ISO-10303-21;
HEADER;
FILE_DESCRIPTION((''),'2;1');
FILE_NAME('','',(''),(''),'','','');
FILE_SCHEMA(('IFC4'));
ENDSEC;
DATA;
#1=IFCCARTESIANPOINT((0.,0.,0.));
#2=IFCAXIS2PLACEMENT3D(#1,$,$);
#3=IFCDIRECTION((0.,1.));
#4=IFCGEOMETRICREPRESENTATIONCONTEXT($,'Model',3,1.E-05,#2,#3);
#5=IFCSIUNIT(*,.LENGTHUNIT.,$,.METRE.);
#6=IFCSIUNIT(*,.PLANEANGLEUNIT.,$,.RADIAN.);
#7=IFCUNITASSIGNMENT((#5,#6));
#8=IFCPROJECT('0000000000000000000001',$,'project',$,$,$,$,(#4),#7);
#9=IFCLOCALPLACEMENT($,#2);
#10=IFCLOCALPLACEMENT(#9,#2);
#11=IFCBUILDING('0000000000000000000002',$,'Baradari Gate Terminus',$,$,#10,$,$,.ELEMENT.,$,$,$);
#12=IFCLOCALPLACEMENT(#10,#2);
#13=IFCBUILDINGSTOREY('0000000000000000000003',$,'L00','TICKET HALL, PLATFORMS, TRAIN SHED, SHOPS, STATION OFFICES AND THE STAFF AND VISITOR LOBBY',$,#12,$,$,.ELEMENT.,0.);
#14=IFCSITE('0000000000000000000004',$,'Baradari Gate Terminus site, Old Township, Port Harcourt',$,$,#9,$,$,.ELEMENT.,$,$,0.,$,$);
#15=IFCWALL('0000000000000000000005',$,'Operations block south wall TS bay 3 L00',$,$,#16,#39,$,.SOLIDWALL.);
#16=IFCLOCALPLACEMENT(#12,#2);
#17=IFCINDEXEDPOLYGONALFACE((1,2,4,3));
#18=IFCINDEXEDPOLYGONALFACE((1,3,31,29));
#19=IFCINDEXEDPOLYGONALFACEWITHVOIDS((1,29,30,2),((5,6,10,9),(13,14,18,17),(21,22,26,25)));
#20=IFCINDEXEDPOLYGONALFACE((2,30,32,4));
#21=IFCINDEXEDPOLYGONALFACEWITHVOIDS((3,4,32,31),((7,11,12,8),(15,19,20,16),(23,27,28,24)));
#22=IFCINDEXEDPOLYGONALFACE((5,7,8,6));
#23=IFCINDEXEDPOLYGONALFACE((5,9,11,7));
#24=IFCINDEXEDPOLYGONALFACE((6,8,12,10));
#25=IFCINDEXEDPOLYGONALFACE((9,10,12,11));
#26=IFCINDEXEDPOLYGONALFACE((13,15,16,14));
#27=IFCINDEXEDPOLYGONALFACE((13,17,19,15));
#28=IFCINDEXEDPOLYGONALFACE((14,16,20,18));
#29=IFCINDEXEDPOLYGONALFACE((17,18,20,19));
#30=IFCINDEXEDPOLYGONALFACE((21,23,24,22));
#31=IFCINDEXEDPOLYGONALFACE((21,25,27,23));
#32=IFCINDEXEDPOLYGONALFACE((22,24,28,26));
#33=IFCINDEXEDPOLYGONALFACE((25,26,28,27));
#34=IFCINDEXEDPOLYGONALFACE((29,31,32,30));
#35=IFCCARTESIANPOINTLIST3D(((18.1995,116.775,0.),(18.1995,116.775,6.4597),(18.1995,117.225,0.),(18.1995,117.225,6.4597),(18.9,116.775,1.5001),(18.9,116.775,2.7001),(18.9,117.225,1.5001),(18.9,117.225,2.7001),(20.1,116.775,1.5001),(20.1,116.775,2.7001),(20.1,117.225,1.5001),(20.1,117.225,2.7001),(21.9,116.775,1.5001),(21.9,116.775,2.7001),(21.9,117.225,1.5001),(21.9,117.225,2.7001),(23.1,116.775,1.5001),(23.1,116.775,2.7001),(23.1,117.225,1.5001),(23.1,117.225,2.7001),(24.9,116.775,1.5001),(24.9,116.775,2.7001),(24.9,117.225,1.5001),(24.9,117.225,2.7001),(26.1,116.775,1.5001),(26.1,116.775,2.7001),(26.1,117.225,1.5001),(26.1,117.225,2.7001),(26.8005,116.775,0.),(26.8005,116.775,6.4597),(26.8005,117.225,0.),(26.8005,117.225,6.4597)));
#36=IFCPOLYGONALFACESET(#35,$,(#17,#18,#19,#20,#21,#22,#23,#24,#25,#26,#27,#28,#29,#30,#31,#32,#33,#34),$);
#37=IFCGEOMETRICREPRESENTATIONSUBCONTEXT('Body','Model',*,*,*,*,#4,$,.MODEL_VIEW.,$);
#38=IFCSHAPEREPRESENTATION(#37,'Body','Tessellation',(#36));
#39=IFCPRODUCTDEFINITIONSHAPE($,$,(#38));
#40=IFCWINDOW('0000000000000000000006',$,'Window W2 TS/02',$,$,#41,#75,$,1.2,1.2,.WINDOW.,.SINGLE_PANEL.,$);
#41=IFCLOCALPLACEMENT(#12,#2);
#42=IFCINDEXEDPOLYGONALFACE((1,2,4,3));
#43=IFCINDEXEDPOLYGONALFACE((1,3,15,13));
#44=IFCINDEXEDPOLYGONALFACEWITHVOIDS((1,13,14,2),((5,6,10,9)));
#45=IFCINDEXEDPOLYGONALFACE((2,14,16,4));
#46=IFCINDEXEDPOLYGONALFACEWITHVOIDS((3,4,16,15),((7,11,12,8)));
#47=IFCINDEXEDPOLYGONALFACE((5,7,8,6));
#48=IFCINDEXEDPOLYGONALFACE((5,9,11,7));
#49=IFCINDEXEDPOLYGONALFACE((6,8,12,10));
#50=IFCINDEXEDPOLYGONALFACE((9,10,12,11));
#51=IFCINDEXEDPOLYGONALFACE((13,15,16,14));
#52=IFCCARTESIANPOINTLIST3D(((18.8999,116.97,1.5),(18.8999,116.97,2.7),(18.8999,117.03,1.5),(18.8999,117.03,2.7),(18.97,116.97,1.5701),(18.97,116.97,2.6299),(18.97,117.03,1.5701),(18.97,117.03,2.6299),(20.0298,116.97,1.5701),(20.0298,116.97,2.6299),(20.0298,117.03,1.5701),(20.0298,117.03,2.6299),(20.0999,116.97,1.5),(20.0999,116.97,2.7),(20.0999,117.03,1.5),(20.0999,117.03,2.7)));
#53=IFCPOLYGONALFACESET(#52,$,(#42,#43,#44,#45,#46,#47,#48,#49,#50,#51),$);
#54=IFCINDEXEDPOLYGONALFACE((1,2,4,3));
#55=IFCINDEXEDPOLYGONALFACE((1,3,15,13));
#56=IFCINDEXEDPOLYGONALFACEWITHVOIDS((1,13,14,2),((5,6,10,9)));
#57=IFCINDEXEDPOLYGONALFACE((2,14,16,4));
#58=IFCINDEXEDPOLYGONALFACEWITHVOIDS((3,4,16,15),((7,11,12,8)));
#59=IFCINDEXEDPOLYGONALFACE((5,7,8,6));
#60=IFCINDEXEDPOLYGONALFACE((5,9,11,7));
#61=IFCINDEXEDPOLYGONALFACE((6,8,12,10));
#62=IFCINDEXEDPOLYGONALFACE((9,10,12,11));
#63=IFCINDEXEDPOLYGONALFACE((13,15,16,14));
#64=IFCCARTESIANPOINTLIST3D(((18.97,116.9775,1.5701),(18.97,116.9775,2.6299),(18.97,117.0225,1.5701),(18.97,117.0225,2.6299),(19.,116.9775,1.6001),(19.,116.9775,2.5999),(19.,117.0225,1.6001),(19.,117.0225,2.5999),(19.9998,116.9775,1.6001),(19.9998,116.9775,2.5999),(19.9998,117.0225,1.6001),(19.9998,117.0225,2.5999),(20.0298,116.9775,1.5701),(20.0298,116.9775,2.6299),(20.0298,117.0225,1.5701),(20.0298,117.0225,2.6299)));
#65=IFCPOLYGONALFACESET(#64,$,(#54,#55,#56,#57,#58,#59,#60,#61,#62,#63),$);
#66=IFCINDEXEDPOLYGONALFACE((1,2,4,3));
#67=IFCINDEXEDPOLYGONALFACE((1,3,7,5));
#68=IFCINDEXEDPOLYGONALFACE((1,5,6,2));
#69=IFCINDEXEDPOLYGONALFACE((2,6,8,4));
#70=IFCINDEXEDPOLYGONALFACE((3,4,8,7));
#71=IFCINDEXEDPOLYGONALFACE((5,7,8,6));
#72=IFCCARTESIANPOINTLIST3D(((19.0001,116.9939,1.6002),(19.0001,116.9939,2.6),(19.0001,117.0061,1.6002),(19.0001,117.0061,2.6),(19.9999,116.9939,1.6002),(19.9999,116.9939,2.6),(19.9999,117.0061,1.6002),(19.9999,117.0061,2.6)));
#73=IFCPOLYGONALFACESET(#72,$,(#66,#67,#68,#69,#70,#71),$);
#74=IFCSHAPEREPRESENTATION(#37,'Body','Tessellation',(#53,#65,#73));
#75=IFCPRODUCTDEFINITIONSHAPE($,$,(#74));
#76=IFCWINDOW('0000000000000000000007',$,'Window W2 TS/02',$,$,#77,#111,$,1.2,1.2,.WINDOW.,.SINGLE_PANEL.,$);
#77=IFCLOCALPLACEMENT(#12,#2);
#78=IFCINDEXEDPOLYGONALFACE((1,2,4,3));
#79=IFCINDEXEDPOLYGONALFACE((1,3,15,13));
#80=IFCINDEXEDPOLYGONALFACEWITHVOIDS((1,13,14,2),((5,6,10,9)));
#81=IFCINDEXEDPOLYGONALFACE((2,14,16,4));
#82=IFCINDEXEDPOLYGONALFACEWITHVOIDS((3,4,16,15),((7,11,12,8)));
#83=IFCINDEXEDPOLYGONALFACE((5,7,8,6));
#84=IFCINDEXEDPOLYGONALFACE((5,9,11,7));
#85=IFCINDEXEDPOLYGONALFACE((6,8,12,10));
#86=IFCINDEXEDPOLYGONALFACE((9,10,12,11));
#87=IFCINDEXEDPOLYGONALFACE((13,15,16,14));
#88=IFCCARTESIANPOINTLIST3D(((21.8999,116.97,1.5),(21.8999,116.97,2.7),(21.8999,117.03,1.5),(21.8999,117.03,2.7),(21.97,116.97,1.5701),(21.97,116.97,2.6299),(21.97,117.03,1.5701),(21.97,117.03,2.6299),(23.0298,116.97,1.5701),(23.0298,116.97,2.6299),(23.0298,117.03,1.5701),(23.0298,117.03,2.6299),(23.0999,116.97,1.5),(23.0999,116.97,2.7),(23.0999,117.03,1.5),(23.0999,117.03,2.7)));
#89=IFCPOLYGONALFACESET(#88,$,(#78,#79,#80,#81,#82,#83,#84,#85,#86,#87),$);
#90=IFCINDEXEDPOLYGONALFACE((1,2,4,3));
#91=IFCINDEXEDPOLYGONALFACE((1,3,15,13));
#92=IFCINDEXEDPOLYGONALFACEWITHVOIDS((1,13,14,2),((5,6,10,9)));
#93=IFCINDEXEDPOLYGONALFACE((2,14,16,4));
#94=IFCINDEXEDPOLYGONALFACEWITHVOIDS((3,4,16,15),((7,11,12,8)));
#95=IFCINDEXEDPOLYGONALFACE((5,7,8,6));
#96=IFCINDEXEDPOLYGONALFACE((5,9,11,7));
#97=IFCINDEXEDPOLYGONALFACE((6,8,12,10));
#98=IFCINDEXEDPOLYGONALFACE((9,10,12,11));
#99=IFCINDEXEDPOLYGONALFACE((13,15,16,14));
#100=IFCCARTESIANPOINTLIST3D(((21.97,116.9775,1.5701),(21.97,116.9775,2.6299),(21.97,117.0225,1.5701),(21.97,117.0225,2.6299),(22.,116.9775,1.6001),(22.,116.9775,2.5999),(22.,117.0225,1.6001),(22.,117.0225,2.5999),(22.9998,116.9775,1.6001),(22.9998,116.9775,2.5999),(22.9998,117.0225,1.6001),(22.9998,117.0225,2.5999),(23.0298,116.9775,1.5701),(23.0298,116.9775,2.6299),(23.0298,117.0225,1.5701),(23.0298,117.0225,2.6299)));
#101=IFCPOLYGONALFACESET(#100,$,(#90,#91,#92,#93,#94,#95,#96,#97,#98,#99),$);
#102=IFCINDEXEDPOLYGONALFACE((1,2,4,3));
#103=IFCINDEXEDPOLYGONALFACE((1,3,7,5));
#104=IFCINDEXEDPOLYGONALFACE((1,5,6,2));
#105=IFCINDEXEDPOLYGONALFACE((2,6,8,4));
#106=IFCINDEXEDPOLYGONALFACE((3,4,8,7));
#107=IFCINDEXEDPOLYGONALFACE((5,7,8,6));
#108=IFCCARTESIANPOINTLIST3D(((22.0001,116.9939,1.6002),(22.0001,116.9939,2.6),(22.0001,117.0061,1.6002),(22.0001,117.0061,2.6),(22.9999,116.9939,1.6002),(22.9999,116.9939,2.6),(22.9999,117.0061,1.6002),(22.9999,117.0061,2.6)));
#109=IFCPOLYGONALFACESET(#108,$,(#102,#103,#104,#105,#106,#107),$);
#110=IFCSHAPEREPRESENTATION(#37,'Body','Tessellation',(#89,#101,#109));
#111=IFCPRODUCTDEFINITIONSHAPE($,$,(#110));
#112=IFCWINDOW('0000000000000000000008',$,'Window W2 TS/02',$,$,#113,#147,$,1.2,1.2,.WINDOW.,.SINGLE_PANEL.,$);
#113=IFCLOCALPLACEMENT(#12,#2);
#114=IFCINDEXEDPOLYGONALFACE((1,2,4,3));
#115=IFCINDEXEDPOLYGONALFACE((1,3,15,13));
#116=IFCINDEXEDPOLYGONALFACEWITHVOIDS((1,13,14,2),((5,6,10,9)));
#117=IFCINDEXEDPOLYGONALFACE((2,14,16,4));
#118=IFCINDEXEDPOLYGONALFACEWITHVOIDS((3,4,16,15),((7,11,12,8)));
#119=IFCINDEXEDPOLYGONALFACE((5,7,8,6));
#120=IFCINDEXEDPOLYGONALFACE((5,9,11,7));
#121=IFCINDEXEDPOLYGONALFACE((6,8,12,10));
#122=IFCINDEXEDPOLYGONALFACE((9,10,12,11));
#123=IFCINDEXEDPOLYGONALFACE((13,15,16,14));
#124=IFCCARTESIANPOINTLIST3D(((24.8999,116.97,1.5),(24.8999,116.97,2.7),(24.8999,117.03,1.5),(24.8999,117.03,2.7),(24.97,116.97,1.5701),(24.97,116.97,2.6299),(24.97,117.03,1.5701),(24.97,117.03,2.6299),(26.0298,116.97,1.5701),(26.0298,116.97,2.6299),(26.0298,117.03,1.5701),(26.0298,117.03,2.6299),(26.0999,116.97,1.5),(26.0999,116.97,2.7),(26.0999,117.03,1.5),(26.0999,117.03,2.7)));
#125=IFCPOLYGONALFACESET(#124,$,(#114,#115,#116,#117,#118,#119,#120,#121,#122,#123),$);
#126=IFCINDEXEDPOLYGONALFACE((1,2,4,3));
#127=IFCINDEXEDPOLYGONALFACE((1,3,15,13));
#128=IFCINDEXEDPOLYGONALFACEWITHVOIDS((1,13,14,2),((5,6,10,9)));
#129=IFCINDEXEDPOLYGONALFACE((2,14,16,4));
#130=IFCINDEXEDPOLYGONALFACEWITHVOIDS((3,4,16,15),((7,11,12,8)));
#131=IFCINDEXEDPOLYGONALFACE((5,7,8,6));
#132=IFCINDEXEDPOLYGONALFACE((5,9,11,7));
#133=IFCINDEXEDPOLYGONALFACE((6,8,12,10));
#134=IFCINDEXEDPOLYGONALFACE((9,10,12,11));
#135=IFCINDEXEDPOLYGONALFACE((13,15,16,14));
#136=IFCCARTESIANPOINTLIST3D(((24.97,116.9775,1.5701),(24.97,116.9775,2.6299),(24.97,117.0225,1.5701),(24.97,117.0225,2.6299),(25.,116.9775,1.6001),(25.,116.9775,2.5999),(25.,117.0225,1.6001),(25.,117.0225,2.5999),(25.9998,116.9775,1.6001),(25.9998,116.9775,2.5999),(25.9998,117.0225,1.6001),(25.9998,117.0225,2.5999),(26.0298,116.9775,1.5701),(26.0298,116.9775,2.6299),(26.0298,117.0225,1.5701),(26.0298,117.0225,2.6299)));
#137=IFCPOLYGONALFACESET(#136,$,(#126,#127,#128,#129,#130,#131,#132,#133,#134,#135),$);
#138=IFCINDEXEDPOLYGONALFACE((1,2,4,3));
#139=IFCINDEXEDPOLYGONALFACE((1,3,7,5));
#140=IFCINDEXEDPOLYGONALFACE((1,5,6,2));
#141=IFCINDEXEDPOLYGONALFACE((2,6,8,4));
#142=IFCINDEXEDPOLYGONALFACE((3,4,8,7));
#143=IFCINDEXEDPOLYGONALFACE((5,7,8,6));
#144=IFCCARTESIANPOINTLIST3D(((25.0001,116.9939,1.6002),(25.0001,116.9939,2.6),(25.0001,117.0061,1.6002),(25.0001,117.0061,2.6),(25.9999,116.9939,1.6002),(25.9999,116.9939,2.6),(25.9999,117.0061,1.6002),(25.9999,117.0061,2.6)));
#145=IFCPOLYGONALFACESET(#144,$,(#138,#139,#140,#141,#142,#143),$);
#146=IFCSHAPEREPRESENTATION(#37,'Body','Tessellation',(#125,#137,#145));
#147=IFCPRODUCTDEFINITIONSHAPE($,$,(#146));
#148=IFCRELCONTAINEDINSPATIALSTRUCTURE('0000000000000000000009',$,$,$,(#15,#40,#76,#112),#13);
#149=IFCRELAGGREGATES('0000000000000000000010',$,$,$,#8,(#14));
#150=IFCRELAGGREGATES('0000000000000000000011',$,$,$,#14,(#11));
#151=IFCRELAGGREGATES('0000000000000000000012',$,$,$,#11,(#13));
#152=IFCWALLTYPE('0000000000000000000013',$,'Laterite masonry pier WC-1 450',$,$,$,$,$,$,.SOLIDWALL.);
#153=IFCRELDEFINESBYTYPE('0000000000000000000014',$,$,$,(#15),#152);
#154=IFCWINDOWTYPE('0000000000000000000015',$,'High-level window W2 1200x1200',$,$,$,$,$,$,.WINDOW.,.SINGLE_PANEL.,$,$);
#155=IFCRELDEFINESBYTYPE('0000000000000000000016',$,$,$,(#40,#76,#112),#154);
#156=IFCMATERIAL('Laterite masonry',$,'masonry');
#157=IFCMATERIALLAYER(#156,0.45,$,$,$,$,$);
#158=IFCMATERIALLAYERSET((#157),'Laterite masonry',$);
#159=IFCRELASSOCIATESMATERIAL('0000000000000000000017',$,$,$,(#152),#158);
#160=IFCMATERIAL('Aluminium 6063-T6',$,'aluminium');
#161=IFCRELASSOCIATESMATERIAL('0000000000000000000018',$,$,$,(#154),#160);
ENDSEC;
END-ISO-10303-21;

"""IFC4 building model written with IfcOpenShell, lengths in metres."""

from ifc_helpers import new_model, si_unit, direction, frame, frame_2d, origin, place, context, subcontext, project, spatial, polyline, rectangle, outline, extrude, material, layer, layer_set, type_object, element, fill, save


model = new_model("IFC4")

# Units and contexts
model_context = context("Model", 3, precision=1e-05, world=origin(), true_north=direction((0.0, 1.0)))
body_context = subcontext(model_context, "Body", "Model", "MODEL_VIEW")
ifc_project = project(units=[si_unit("LENGTHUNIT", "METRE"), si_unit("PLANEANGLEUNIT", "RADIAN")], contexts=[model_context])

# Site, building, storey
site_placement = place(None, origin())
site = spatial("IfcSite", under=ifc_project, at=site_placement, Name="Baradari Gate Terminus site, Old Township, Port Harcourt", CompositionType="ELEMENT", RefElevation=0.0)
building_placement = place(site_placement, origin())
building = spatial("IfcBuilding", under=site, at=building_placement, Name="Baradari Gate Terminus", CompositionType="ELEMENT")
storey_placement = place(building_placement, origin())
storey = spatial("IfcBuildingStorey", under=building, at=storey_placement, Name="L00", Description="TICKET HALL, PLATFORMS, TRAIN SHED, SHOPS, STATION OFFICES AND THE STAFF AND VISITOR LOBBY", CompositionType="ELEMENT", Elevation=0.0)

# Wall, openings, windows
ifc_material_1 = material(Name="Laterite masonry", Category="masonry")
ifc_layer_1 = layer(ifc_material_1, 0.45)
ifc_layer_set_1 = layer_set([ifc_layer_1], Name="Laterite masonry")
wall_type_1 = type_object("IfcWallType", Name="Laterite masonry pier WC-1 450", PredefinedType="SOLIDWALL", material=ifc_layer_set_1)
wall_1_placement = place(storey_placement, frame((18.1995, 117.0, 0.0), z_axis=(0.0, 0.0, 1.0), x_axis=(1.0, 0.0, 0.0)))
wall_1 = element("IfcWall", 1, at=wall_1_placement, inside=storey, type_object=wall_type_1, Name="Operations block south wall TS bay 3 L00", PredefinedType="SOLIDWALL", context=body_context, shape_type="SweptSolid", body=[
    extrude(rectangle(XDim=8.6011, YDim=0.45, at=frame_2d((4.3005, 0.0))), origin(), (0.0, 0.0, 1.0), 6.4597),
])
opening_1_placement = place(wall_1_placement, frame((0.7004, 0.0, 1.5)))
opening_1 = element("IfcOpeningElement", 2, at=opening_1_placement, cuts=wall_1, PredefinedType="OPENING", context=body_context, shape_type="SweptSolid", body=[
    extrude(rectangle(XDim=1.2, YDim=1.2, at=frame_2d((0.6001, 0.6001))), frame((0.0, 0.2349, 0.0), z_axis=(0.0, -1.0, 0.0), x_axis=(1.0, 0.0, 0.0)), (0.0, 0.0, 1.0), 0.47),
])
opening_2_placement = place(wall_1_placement, frame((3.7004, 0.0, 1.5)))
opening_2 = element("IfcOpeningElement", 3, at=opening_2_placement, cuts=wall_1, PredefinedType="OPENING", context=body_context, shape_type="SweptSolid", body=[
    extrude(rectangle(XDim=1.2, YDim=1.2, at=frame_2d((0.6001, 0.6001))), frame((0.0, 0.2349, 0.0), z_axis=(0.0, -1.0, 0.0), x_axis=(1.0, 0.0, 0.0)), (0.0, 0.0, 1.0), 0.47),
])
opening_3_placement = place(wall_1_placement, frame((6.7004, 0.0, 1.5)))
opening_3 = element("IfcOpeningElement", 4, at=opening_3_placement, cuts=wall_1, PredefinedType="OPENING", context=body_context, shape_type="SweptSolid", body=[
    extrude(rectangle(XDim=1.2, YDim=1.2, at=frame_2d((0.6001, 0.6001))), frame((0.0, 0.2349, 0.0), z_axis=(0.0, -1.0, 0.0), x_axis=(1.0, 0.0, 0.0)), (0.0, 0.0, 1.0), 0.47),
])
ifc_material_2 = material(Name="Aluminium 6063-T6", Category="aluminium")
window_type = type_object("IfcWindowType", Name="High-level window W2 1200x1200", PartitioningType="SINGLE_PANEL", PredefinedType="WINDOW", material=ifc_material_2)
window_1_placement = place(opening_1_placement, origin())
window_1 = element("IfcWindow", 5, at=window_1_placement, inside=storey, type_object=window_type, Name="Window W2 TS/02", OverallHeight=1.2, OverallWidth=1.2, PartitioningType="SINGLE_PANEL", PredefinedType="WINDOW", context=body_context, shape_type="SweptSolid", body=[
    extrude(outline(polyline([(0.0, 0.0), (1.2, 0.0), (1.2, 1.2), (0.0, 1.2), (0.0, 0.0)]), holes=[polyline([(0.0701, 0.0701), (1.1299, 0.0701), (1.1299, 1.1299), (0.0701, 1.1299), (0.0701, 0.0701)])]), frame((0.0, 0.03, 0.0), z_axis=(0.0, -1.0, 0.0), x_axis=(1.0, 0.0, 0.0)), (0.0, 0.0, 1.0), 0.0601),
    extrude(outline(polyline([(0.0701, 0.0701), (1.1299, 0.0701), (1.1299, 1.1299), (0.0701, 1.1299), (0.0701, 0.0701)]), holes=[polyline([(0.1001, 0.1001), (1.0999, 0.1001), (1.0999, 1.0999), (0.1001, 1.0999), (0.1001, 0.1001)])]), frame((0.0, 0.0225, 0.0), z_axis=(0.0, -1.0, 0.0), x_axis=(1.0, 0.0, 0.0)), (0.0, 0.0, 1.0), 0.0449),
    extrude(rectangle(XDim=0.9998, YDim=0.9998, at=frame_2d((0.6001, 0.6001))), frame((0.0, 0.0061, 0.0), z_axis=(0.0, -1.0, 0.0), x_axis=(1.0, 0.0, 0.0)), (0.0, 0.0, 1.0), 0.0122),
])
fill(opening_1, window_1)
window_2_placement = place(opening_2_placement, origin())
window_2 = element("IfcWindow", 6, at=window_2_placement, inside=storey, type_object=window_type, Name="Window W2 TS/02", OverallHeight=1.2, OverallWidth=1.2, PartitioningType="SINGLE_PANEL", PredefinedType="WINDOW", context=body_context, shape_type="SweptSolid", body=[
    extrude(outline(polyline([(0.0, 0.0), (1.2, 0.0), (1.2, 1.2), (0.0, 1.2), (0.0, 0.0)]), holes=[polyline([(0.0701, 0.0701), (1.1299, 0.0701), (1.1299, 1.1299), (0.0701, 1.1299), (0.0701, 0.0701)])]), frame((0.0, 0.03, 0.0), z_axis=(0.0, -1.0, 0.0), x_axis=(1.0, 0.0, 0.0)), (0.0, 0.0, 1.0), 0.0601),
    extrude(outline(polyline([(0.0701, 0.0701), (1.1299, 0.0701), (1.1299, 1.1299), (0.0701, 1.1299), (0.0701, 0.0701)]), holes=[polyline([(0.1001, 0.1001), (1.0999, 0.1001), (1.0999, 1.0999), (0.1001, 1.0999), (0.1001, 0.1001)])]), frame((0.0, 0.0225, 0.0), z_axis=(0.0, -1.0, 0.0), x_axis=(1.0, 0.0, 0.0)), (0.0, 0.0, 1.0), 0.0449),
    extrude(rectangle(XDim=0.9998, YDim=0.9998, at=frame_2d((0.6001, 0.6001))), frame((0.0, 0.0061, 0.0), z_axis=(0.0, -1.0, 0.0), x_axis=(1.0, 0.0, 0.0)), (0.0, 0.0, 1.0), 0.0122),
])
fill(opening_2, window_2)
window_3_placement = place(opening_3_placement, origin())
window_3 = element("IfcWindow", 7, at=window_3_placement, inside=storey, type_object=window_type, Name="Window W2 TS/02", OverallHeight=1.2, OverallWidth=1.2, PartitioningType="SINGLE_PANEL", PredefinedType="WINDOW", context=body_context, shape_type="SweptSolid", body=[
    extrude(outline(polyline([(0.0, 0.0), (1.2, 0.0), (1.2, 1.2), (0.0, 1.2), (0.0, 0.0)]), holes=[polyline([(0.0701, 0.0701), (1.1299, 0.0701), (1.1299, 1.1299), (0.0701, 1.1299), (0.0701, 0.0701)])]), frame((0.0, 0.03, 0.0), z_axis=(0.0, -1.0, 0.0), x_axis=(1.0, 0.0, 0.0)), (0.0, 0.0, 1.0), 0.0601),
    extrude(outline(polyline([(0.0701, 0.0701), (1.1299, 0.0701), (1.1299, 1.1299), (0.0701, 1.1299), (0.0701, 0.0701)]), holes=[polyline([(0.1001, 0.1001), (1.0999, 0.1001), (1.0999, 1.0999), (0.1001, 1.0999), (0.1001, 0.1001)])]), frame((0.0, 0.0225, 0.0), z_axis=(0.0, -1.0, 0.0), x_axis=(1.0, 0.0, 0.0)), (0.0, 0.0, 1.0), 0.0449),
    extrude(rectangle(XDim=0.9998, YDim=0.9998, at=frame_2d((0.6001, 0.6001))), frame((0.0, 0.0061, 0.0), z_axis=(0.0, -1.0, 0.0), x_axis=(1.0, 0.0, 0.0)), (0.0, 0.0, 1.0), 0.0122),
])
fill(opening_3, window_3)

save(model, "model.ifc")
